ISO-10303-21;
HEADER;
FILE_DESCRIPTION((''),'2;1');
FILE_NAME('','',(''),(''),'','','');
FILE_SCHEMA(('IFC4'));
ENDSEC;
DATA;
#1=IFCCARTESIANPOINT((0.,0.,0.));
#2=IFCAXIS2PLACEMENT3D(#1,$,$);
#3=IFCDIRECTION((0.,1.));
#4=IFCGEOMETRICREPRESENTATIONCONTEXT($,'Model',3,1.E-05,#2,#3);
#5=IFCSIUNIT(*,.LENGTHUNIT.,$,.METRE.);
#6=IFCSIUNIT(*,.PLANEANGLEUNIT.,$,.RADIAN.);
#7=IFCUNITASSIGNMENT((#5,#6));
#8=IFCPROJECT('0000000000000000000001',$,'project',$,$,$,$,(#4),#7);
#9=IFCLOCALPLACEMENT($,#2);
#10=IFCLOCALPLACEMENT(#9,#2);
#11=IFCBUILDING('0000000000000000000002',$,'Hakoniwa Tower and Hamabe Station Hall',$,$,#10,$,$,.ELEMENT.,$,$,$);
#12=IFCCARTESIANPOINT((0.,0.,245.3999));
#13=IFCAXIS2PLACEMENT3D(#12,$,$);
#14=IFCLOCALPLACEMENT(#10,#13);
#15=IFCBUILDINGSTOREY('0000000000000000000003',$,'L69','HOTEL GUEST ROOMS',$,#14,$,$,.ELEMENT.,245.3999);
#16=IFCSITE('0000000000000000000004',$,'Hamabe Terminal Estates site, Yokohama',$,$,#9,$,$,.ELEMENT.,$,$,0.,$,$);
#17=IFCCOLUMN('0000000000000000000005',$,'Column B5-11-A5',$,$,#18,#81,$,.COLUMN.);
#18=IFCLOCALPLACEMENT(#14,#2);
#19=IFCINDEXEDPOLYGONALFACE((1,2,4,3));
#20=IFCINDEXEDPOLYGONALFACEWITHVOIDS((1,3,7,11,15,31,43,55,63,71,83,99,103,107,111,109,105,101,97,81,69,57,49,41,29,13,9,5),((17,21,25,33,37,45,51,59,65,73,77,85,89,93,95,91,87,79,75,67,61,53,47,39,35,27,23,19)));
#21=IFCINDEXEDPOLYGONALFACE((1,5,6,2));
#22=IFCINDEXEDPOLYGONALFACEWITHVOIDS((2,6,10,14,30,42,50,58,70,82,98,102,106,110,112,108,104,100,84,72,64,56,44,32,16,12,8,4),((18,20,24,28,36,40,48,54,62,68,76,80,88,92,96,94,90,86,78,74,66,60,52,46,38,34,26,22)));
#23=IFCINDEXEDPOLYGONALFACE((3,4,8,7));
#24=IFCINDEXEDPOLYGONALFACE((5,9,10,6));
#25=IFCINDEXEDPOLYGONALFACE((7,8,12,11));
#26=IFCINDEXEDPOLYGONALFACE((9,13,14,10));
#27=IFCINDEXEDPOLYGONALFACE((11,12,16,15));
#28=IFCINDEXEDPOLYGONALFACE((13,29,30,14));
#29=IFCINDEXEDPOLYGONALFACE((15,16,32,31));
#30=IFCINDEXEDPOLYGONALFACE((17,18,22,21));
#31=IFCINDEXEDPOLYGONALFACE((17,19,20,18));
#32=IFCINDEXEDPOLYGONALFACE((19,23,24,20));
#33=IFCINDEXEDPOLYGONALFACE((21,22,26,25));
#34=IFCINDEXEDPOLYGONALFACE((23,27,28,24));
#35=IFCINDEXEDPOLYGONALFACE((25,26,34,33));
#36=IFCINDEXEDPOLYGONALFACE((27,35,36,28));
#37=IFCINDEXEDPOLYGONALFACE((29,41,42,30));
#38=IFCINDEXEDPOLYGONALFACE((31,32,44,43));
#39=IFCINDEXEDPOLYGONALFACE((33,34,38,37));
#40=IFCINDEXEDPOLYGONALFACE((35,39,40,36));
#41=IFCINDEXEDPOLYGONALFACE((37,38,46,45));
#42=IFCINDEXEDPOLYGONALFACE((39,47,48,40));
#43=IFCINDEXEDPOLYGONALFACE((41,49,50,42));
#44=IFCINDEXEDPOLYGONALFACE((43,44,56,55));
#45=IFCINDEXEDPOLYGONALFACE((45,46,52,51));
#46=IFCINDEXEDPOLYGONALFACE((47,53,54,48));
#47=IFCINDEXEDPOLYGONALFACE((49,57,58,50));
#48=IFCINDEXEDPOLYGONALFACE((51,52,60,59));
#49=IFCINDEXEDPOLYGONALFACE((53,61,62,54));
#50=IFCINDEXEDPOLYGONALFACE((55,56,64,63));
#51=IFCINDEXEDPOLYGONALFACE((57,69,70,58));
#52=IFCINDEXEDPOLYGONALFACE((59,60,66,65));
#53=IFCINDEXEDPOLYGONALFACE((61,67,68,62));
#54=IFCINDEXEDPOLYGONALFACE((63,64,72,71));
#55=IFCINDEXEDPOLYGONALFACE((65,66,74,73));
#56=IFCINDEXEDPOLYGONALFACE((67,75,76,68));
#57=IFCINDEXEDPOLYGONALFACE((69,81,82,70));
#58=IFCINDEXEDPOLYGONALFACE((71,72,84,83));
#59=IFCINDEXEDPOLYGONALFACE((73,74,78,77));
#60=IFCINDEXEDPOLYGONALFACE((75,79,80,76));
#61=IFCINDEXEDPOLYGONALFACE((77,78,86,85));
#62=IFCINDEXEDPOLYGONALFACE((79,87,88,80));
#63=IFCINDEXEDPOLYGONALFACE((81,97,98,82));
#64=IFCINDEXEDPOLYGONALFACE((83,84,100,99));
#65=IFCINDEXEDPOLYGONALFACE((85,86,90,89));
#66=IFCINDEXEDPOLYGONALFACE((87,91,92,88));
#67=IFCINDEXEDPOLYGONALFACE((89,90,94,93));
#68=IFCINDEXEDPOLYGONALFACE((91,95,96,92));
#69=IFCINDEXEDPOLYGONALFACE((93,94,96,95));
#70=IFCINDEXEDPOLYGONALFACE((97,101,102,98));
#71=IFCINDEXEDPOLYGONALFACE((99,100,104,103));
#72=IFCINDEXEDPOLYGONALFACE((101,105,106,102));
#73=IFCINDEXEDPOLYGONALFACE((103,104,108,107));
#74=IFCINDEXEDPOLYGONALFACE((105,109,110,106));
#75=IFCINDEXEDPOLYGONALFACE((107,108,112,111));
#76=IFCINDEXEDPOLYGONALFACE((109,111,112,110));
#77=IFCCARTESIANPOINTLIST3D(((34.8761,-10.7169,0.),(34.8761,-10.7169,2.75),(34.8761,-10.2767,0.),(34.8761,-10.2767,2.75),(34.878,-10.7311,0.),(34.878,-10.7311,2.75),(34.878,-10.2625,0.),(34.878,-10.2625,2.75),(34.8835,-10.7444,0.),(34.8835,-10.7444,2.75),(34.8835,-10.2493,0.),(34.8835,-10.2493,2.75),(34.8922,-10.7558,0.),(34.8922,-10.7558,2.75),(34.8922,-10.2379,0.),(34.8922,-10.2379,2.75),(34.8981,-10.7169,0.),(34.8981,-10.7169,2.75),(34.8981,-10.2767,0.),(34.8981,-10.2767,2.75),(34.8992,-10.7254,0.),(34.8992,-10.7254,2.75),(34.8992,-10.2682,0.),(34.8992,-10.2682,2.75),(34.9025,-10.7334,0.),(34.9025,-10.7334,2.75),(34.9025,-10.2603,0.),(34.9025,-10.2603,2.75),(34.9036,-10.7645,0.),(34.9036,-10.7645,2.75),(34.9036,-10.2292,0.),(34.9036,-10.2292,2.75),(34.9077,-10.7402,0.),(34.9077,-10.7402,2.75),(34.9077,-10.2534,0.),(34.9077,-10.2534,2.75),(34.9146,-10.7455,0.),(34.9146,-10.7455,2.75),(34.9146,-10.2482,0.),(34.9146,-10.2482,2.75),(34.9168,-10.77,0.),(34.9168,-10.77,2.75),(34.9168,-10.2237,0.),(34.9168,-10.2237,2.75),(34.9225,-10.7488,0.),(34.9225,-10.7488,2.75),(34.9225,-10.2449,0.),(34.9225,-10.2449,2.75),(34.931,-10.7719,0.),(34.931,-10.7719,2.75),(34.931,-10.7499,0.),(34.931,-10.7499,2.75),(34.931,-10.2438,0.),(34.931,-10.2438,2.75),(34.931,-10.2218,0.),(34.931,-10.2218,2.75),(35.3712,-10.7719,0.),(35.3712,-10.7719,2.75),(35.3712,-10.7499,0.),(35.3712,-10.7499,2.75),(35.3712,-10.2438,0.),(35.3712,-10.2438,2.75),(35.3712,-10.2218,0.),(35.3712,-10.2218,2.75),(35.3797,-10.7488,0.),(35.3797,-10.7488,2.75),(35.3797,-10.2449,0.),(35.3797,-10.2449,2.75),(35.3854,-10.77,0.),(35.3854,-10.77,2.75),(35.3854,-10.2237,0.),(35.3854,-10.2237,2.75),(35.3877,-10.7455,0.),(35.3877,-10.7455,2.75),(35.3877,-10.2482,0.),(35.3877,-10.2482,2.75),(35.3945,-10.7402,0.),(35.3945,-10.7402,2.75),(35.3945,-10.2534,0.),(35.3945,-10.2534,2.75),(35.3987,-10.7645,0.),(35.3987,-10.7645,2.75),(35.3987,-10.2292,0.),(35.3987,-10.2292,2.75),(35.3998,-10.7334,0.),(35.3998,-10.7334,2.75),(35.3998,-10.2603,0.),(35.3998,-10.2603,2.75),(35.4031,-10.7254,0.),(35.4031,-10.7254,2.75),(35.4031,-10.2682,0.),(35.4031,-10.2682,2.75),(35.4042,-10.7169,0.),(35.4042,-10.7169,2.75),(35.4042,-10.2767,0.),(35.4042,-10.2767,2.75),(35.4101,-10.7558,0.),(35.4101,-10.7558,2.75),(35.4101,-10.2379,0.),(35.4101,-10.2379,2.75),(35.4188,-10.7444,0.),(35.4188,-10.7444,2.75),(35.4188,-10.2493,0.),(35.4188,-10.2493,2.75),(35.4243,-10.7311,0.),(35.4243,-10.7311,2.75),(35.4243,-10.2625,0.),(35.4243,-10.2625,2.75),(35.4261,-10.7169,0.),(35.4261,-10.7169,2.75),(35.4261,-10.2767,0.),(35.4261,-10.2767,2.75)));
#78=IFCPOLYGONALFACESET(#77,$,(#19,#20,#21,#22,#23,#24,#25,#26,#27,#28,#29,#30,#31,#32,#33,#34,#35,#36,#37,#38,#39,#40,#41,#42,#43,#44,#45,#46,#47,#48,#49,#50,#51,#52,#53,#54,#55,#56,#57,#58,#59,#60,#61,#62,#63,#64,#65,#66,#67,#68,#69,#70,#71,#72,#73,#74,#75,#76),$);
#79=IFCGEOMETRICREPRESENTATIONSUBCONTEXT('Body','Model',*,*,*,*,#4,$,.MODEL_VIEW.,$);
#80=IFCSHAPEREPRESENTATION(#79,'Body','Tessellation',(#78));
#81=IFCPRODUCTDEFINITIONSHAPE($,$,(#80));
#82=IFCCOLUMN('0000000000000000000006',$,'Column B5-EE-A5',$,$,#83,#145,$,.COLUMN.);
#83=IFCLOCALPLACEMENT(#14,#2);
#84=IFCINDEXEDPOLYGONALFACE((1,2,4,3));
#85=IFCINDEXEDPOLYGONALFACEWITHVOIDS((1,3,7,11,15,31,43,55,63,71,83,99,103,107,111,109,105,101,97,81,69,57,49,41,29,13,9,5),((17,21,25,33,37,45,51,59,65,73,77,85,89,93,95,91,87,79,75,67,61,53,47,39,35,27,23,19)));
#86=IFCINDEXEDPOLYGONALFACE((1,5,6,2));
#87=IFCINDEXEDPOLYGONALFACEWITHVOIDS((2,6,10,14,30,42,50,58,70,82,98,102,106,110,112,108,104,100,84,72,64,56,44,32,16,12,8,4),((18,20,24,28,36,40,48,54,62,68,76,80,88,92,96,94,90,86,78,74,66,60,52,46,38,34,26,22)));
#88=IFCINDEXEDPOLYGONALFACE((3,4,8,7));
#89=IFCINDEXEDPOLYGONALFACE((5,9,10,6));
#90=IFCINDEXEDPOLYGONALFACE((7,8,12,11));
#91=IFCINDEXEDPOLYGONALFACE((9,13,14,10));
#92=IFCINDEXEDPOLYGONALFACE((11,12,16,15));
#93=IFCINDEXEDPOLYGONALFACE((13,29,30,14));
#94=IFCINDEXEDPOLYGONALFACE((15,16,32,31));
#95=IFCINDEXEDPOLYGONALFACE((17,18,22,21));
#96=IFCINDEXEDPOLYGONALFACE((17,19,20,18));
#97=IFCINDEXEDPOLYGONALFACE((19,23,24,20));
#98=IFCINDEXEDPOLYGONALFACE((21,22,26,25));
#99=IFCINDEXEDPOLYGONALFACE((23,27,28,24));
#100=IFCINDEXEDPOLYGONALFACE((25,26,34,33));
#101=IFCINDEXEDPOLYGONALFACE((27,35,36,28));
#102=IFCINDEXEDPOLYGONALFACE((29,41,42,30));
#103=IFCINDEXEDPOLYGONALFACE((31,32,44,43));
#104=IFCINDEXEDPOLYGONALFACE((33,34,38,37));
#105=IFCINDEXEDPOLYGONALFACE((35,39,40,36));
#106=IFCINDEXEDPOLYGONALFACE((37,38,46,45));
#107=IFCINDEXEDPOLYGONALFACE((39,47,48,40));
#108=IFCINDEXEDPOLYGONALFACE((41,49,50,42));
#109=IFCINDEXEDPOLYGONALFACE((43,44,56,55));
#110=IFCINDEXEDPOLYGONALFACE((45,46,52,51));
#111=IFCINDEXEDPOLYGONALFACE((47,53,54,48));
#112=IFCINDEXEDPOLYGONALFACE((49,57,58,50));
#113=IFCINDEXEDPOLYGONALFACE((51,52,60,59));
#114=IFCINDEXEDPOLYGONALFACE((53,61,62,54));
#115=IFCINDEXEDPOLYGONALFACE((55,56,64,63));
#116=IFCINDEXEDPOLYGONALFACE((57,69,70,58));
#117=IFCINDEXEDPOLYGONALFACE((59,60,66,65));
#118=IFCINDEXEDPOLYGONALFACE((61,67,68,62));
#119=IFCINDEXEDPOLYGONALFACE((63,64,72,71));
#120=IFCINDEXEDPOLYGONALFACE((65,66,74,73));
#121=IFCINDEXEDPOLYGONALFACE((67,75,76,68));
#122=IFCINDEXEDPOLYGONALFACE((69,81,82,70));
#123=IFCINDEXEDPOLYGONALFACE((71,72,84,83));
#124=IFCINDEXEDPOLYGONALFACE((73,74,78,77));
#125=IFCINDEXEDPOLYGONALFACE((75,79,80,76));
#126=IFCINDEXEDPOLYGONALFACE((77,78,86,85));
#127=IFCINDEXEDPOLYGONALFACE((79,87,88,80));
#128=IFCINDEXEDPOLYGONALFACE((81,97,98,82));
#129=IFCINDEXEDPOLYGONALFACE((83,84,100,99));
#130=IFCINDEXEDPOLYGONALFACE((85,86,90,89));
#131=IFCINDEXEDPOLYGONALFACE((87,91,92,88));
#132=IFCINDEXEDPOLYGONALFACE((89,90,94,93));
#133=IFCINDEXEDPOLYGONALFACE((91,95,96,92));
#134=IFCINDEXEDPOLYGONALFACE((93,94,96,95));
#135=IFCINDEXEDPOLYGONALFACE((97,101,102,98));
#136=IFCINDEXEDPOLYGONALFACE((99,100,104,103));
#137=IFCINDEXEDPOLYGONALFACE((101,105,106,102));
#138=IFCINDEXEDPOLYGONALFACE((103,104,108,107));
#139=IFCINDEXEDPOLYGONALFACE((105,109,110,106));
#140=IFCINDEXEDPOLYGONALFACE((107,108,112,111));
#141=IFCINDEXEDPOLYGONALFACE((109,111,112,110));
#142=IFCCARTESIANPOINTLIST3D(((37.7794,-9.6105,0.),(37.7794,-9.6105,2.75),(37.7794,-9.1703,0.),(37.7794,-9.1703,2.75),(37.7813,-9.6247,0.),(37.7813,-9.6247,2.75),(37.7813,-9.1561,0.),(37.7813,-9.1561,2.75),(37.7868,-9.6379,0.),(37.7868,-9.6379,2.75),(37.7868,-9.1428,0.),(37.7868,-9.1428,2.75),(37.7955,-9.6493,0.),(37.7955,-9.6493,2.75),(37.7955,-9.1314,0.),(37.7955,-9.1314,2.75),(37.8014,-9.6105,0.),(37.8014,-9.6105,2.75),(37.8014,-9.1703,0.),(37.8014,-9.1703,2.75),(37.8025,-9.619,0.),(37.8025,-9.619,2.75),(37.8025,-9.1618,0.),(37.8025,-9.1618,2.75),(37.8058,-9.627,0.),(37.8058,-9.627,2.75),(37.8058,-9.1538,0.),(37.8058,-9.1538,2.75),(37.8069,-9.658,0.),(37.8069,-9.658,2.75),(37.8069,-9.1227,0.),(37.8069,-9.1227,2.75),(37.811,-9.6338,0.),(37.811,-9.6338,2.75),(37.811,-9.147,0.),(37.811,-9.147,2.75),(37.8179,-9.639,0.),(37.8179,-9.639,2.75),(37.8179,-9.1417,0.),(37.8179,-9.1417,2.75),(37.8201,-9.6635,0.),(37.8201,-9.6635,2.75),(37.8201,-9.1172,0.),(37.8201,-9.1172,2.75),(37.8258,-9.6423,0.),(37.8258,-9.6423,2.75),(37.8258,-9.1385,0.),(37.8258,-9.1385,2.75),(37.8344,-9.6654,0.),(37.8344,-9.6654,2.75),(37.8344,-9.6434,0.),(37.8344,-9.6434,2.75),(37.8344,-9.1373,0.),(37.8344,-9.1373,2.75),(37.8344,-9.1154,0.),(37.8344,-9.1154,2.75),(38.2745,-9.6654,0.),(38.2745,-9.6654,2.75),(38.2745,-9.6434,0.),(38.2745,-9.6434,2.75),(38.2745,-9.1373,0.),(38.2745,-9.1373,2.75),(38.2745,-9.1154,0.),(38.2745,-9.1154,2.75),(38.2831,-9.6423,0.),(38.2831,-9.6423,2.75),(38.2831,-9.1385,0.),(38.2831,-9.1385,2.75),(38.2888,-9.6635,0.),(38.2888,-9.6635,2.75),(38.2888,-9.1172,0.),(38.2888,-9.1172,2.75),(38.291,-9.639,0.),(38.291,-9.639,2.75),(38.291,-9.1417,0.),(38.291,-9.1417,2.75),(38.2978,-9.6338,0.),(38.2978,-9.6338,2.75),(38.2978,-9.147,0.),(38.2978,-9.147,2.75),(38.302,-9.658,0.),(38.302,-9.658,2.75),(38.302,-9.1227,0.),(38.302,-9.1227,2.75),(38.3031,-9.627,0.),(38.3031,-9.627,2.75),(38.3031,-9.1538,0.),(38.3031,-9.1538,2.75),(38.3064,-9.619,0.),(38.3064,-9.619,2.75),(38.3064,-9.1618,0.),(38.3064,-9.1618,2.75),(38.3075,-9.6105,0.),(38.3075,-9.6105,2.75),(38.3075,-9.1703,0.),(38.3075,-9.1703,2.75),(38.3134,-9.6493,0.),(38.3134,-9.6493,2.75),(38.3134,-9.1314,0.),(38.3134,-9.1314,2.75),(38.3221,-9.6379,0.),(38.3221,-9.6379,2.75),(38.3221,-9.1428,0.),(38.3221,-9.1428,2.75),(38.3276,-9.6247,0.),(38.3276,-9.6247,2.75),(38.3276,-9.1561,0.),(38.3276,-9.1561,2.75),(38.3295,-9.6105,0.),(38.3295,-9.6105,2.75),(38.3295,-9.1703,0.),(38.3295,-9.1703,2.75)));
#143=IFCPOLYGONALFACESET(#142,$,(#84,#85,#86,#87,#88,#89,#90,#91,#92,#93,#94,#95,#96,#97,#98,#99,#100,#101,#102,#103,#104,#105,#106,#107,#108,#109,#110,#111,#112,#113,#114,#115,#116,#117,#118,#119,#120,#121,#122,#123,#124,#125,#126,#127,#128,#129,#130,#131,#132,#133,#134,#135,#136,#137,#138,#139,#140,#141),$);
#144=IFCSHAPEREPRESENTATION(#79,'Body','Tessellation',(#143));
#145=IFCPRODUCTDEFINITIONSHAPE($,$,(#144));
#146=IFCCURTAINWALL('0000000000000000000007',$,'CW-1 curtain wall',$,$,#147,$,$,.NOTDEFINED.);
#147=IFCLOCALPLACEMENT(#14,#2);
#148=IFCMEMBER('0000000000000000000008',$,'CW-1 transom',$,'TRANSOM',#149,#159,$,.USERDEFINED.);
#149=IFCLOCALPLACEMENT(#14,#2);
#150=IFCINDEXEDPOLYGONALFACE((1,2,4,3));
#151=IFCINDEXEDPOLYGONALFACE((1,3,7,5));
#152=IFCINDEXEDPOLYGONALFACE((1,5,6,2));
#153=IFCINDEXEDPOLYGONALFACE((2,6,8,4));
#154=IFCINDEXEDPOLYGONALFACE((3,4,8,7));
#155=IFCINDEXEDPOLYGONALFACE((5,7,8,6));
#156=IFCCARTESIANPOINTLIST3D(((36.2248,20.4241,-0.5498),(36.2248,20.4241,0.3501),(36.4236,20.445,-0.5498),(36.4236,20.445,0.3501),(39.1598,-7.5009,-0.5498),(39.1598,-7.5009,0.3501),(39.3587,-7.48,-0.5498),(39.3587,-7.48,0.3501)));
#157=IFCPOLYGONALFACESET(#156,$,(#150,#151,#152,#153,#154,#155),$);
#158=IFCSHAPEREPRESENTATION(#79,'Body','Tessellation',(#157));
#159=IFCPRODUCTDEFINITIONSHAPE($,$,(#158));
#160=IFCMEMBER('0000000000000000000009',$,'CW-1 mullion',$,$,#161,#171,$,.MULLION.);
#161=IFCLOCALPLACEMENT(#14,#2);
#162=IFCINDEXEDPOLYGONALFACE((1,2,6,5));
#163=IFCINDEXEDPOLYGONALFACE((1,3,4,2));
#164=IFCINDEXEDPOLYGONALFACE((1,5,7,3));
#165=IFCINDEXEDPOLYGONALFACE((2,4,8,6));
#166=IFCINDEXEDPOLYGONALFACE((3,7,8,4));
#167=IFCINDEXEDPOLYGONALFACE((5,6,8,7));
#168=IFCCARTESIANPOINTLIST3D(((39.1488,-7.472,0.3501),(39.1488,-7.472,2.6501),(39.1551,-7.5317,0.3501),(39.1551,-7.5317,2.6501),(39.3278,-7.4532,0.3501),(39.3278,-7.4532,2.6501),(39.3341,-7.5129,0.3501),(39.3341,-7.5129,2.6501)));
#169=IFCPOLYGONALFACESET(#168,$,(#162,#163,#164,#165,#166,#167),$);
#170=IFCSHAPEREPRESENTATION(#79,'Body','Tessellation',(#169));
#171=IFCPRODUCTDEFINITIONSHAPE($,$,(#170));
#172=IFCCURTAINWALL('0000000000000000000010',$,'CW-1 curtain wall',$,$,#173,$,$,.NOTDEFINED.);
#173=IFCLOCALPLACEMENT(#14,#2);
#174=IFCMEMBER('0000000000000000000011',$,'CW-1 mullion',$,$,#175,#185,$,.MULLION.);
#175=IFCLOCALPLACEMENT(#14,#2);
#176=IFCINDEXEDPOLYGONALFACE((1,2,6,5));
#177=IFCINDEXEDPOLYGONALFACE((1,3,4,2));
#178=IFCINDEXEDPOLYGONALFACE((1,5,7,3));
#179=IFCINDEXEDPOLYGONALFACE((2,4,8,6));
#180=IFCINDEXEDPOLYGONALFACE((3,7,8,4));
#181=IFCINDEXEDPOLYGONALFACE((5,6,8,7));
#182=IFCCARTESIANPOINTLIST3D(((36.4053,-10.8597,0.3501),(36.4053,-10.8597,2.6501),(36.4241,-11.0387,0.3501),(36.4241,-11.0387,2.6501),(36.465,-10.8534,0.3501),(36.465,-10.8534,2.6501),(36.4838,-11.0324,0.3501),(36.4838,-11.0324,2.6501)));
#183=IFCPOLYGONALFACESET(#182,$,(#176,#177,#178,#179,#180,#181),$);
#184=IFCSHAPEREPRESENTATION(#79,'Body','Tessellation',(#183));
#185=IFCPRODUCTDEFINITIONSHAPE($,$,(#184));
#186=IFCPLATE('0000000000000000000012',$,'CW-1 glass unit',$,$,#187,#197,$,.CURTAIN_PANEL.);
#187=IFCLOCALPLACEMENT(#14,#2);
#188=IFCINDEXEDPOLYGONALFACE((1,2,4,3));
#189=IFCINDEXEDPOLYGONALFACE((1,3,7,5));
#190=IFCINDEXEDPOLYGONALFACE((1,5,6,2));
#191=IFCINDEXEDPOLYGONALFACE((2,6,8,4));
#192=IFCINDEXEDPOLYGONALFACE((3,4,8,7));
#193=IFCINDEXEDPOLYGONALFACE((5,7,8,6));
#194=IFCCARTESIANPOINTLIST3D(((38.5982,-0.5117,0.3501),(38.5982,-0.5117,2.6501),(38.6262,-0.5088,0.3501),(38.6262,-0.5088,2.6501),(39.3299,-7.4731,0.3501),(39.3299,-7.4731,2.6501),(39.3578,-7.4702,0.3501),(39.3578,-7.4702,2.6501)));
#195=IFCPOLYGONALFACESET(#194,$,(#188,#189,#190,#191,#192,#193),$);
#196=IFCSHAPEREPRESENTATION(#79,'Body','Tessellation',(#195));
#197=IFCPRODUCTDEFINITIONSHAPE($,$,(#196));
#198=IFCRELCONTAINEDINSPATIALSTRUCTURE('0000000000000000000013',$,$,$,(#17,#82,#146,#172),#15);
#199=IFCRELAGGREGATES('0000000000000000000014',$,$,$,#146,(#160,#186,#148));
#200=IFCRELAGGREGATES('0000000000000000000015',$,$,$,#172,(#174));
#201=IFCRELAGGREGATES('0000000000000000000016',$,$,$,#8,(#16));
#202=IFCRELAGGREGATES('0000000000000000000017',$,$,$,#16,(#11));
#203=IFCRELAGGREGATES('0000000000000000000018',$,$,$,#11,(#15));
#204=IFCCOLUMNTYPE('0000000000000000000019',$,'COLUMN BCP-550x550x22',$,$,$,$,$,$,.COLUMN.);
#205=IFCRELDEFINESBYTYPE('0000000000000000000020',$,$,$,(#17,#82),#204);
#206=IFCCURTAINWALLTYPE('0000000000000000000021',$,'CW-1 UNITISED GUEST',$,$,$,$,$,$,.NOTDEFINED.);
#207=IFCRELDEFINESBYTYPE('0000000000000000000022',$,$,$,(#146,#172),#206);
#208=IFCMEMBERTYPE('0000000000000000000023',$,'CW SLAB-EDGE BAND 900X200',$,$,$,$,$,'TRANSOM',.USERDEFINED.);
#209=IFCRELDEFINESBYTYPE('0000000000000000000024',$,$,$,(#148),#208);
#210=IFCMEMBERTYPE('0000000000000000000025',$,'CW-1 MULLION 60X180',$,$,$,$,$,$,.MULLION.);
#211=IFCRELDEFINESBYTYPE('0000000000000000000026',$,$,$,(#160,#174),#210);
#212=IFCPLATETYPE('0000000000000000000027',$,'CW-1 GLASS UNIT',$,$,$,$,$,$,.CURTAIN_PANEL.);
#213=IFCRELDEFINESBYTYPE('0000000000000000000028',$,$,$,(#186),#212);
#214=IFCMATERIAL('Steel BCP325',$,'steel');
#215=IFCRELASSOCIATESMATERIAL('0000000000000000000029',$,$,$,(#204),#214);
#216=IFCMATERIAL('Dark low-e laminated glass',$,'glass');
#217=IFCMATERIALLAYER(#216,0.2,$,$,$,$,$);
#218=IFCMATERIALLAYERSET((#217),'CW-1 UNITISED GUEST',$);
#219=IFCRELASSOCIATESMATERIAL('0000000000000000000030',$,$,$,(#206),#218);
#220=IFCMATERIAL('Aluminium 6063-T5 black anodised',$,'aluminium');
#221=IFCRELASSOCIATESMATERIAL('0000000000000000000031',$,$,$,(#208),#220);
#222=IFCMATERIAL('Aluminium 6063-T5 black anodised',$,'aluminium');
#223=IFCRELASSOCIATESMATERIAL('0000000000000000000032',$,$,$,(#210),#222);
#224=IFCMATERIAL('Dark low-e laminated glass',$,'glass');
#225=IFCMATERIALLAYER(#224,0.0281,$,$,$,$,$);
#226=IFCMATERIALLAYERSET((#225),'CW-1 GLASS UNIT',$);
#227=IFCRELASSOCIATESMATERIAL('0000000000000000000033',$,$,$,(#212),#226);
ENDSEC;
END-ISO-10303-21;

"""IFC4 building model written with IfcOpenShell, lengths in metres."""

from ifc_helpers import new_model, si_unit, direction, frame, origin, origin_2d, place, context, subcontext, project, spatial, rectangle, hollow_rectangle, extrude, material, layer, layer_set, material_profile, profile_set, type_object, element, aggregate, save


model = new_model("IFC4")

# Units and contexts
model_context = context("Model", 3, precision=1e-05, world=origin(), true_north=direction((0.0, 1.0)))
body_context = subcontext(model_context, "Body", "Model", "MODEL_VIEW")
ifc_project = project(units=[si_unit("LENGTHUNIT", "METRE"), si_unit("PLANEANGLEUNIT", "RADIAN")], contexts=[model_context])

# Site, building, storey
site_placement = place(None, origin())
site = spatial("IfcSite", under=ifc_project, at=site_placement, Name="Hamabe Terminal Estates site, Yokohama", CompositionType="ELEMENT", RefElevation=0.0)
building_placement = place(site_placement, origin())
building = spatial("IfcBuilding", under=site, at=building_placement, Name="Hakoniwa Tower and Hamabe Station Hall", CompositionType="ELEMENT")
storey_placement = place(building_placement, frame((0.0, 0.0, 245.3999)))
storey = spatial("IfcBuildingStorey", under=building, at=storey_placement, Name="L69", Description="HOTEL GUEST ROOMS", CompositionType="ELEMENT", Elevation=245.3999)

# Columns
ifc_material_1 = material(Name="Steel BCP325", Category="steel")
ifc_material_profile_1 = material_profile(ifc_material_1, hollow_rectangle(XDim=0.55, YDim=0.55, WallThickness=0.022, InnerFilletRadius=0.033, OuterFilletRadius=0.0549, at=origin_2d()), Name="BCP-550x550x22")
ifc_profile_set_1 = profile_set([ifc_material_profile_1], Name="Steel BCP325")
column_type = type_object("IfcColumnType", Name="COLUMN BCP-550x550x22", PredefinedType="COLUMN", material=ifc_profile_set_1)
for number, where, z_axis, x_axis, name in (
    (1, (35.1511, -10.4968, 0.0), (0.0, 0.0, 1.0), (1.0, 0.0, 0.0), "Column B5-11-A5"),
    (2, (38.0544, -9.3904, 0.0), (0.0, 0.0, 1.0), (1.0, 0.0, 0.0), "Column B5-EE-A5"),
):
    element("IfcColumn", number, at=place(storey_placement, frame(where, z_axis=z_axis, x_axis=x_axis)), inside=storey, type_object=column_type, Name=name, PredefinedType="COLUMN", context=body_context, shape_type="SweptSolid", body=[
        extrude(hollow_rectangle(XDim=0.55, YDim=0.55, WallThickness=0.022, InnerFilletRadius=0.033, OuterFilletRadius=0.0549, at=origin_2d()), origin(), (0.0, 0.0, 1.0), 2.75),
    ])

# Curtain wall, members
ifc_material_2 = material(Name="Dark low-e laminated glass", Category="glass")
ifc_layer_1 = layer(ifc_material_2, 0.2)
ifc_layer_set_1 = layer_set([ifc_layer_1], Name="CW-1 UNITISED GUEST")
curtain_wall_type = type_object("IfcCurtainWallType", Name="CW-1 UNITISED GUEST", PredefinedType="NOTDEFINED", material=ifc_layer_set_1)
curtain_wall_1_placement = place(storey_placement, origin())
curtain_wall_1 = element("IfcCurtainWall", 3, at=curtain_wall_1_placement, inside=storey, type_object=curtain_wall_type, Name="CW-1 curtain wall", PredefinedType="NOTDEFINED")
ifc_material_3 = material(Name="Aluminium 6063-T5 black anodised", Category="aluminium")
ifc_material_profile_2 = material_profile(ifc_material_3, rectangle(XDim=0.2, YDim=0.8999, at=origin_2d()), Name="CW SLAB-EDGE BAND 900X200")
ifc_profile_set_2 = profile_set([ifc_material_profile_2], Name="Aluminium 6063-T5 black anodised")
member_type_1 = type_object("IfcMemberType", Name="CW SLAB-EDGE BAND 900X200", ElementType="TRANSOM", PredefinedType="USERDEFINED", material=ifc_profile_set_2)
member_1_placement = place(storey_placement, frame((39.2593, -7.4905, -0.0999), z_axis=(-0.104529, 0.994522, 0.0), x_axis=(-0.994522, -0.104529, 0.0)))
member_1 = element("IfcMember", 4, at=member_1_placement, type_object=member_type_1, Name="CW-1 transom", ObjectType="TRANSOM", PredefinedType="USERDEFINED", context=body_context, shape_type="SweptSolid", body=[
    extrude(rectangle(XDim=0.2, YDim=0.8999, at=origin_2d()), origin(), (0.0, 0.0, 1.0), 28.0789),
])
ifc_material_4 = material(Name="Aluminium 6063-T5 black anodised", Category="aluminium")
ifc_material_profile_3 = material_profile(ifc_material_4, rectangle(XDim=0.0601, YDim=0.1799, at=origin_2d()), Name="CW-1 MULLION 60X180")
ifc_profile_set_3 = profile_set([ifc_material_profile_3], Name="Aluminium 6063-T5 black anodised")
member_type_2 = type_object("IfcMemberType", Name="CW-1 MULLION 60X180", PredefinedType="MULLION", material=ifc_profile_set_3)
member_2_placement = place(storey_placement, frame((39.2415, -7.4924, 0.3501), z_axis=(0.0, 0.0, 1.0), x_axis=(-0.104528, 0.994522, 0.0)))
member_2 = element("IfcMember", 5, at=member_2_placement, type_object=member_type_2, Name="CW-1 mullion", PredefinedType="MULLION", context=body_context, shape_type="SweptSolid", body=[
    extrude(rectangle(XDim=0.0601, YDim=0.1799, at=origin_2d()), origin(), (0.0, 0.0, 1.0), 2.3),
])

# Curtain wall, member
curtain_wall_2_placement = place(storey_placement, origin())
curtain_wall_2 = element("IfcCurtainWall", 6, at=curtain_wall_2_placement, inside=storey, type_object=curtain_wall_type, Name="CW-1 curtain wall", PredefinedType="NOTDEFINED")
member_3_placement = place(storey_placement, frame((36.4446, -10.946, 0.3501), z_axis=(0.0, 0.0, 1.0), x_axis=(0.994522, 0.104528, 0.0)))
member_3 = element("IfcMember", 7, at=member_3_placement, type_object=member_type_2, Name="CW-1 mullion", PredefinedType="MULLION", context=body_context, shape_type="SweptSolid", body=[
    extrude(rectangle(XDim=0.0601, YDim=0.1799, at=origin_2d()), origin(), (0.0, 0.0, 1.0), 2.3),
])

# Plate
ifc_material_5 = material(Name="Dark low-e laminated glass", Category="glass")
ifc_layer_2 = layer(ifc_material_5, 0.0281)
ifc_layer_set_2 = layer_set([ifc_layer_2], Name="CW-1 GLASS UNIT")
plate_type = type_object("IfcPlateType", Name="CW-1 GLASS UNIT", PredefinedType="CURTAIN_PANEL", material=ifc_layer_set_2)
plate_1_placement = place(storey_placement, frame((38.978, -3.991, 0.3501), z_axis=(0.0, 0.0, 1.0), x_axis=(-0.104528, 0.994522, 0.0)))
plate_1 = element("IfcPlate", 8, at=plate_1_placement, type_object=plate_type, Name="CW-1 glass unit", PredefinedType="CURTAIN_PANEL", context=body_context, shape_type="SweptSolid", body=[
    extrude(rectangle(XDim=6.9998, YDim=0.0281, at=origin_2d()), origin(), (0.0, 0.0, 1.0), 2.3),
])
aggregate(curtain_wall_1, [member_2, plate_1, member_1])
aggregate(curtain_wall_2, [member_3])

save(model, "model.ifc")
